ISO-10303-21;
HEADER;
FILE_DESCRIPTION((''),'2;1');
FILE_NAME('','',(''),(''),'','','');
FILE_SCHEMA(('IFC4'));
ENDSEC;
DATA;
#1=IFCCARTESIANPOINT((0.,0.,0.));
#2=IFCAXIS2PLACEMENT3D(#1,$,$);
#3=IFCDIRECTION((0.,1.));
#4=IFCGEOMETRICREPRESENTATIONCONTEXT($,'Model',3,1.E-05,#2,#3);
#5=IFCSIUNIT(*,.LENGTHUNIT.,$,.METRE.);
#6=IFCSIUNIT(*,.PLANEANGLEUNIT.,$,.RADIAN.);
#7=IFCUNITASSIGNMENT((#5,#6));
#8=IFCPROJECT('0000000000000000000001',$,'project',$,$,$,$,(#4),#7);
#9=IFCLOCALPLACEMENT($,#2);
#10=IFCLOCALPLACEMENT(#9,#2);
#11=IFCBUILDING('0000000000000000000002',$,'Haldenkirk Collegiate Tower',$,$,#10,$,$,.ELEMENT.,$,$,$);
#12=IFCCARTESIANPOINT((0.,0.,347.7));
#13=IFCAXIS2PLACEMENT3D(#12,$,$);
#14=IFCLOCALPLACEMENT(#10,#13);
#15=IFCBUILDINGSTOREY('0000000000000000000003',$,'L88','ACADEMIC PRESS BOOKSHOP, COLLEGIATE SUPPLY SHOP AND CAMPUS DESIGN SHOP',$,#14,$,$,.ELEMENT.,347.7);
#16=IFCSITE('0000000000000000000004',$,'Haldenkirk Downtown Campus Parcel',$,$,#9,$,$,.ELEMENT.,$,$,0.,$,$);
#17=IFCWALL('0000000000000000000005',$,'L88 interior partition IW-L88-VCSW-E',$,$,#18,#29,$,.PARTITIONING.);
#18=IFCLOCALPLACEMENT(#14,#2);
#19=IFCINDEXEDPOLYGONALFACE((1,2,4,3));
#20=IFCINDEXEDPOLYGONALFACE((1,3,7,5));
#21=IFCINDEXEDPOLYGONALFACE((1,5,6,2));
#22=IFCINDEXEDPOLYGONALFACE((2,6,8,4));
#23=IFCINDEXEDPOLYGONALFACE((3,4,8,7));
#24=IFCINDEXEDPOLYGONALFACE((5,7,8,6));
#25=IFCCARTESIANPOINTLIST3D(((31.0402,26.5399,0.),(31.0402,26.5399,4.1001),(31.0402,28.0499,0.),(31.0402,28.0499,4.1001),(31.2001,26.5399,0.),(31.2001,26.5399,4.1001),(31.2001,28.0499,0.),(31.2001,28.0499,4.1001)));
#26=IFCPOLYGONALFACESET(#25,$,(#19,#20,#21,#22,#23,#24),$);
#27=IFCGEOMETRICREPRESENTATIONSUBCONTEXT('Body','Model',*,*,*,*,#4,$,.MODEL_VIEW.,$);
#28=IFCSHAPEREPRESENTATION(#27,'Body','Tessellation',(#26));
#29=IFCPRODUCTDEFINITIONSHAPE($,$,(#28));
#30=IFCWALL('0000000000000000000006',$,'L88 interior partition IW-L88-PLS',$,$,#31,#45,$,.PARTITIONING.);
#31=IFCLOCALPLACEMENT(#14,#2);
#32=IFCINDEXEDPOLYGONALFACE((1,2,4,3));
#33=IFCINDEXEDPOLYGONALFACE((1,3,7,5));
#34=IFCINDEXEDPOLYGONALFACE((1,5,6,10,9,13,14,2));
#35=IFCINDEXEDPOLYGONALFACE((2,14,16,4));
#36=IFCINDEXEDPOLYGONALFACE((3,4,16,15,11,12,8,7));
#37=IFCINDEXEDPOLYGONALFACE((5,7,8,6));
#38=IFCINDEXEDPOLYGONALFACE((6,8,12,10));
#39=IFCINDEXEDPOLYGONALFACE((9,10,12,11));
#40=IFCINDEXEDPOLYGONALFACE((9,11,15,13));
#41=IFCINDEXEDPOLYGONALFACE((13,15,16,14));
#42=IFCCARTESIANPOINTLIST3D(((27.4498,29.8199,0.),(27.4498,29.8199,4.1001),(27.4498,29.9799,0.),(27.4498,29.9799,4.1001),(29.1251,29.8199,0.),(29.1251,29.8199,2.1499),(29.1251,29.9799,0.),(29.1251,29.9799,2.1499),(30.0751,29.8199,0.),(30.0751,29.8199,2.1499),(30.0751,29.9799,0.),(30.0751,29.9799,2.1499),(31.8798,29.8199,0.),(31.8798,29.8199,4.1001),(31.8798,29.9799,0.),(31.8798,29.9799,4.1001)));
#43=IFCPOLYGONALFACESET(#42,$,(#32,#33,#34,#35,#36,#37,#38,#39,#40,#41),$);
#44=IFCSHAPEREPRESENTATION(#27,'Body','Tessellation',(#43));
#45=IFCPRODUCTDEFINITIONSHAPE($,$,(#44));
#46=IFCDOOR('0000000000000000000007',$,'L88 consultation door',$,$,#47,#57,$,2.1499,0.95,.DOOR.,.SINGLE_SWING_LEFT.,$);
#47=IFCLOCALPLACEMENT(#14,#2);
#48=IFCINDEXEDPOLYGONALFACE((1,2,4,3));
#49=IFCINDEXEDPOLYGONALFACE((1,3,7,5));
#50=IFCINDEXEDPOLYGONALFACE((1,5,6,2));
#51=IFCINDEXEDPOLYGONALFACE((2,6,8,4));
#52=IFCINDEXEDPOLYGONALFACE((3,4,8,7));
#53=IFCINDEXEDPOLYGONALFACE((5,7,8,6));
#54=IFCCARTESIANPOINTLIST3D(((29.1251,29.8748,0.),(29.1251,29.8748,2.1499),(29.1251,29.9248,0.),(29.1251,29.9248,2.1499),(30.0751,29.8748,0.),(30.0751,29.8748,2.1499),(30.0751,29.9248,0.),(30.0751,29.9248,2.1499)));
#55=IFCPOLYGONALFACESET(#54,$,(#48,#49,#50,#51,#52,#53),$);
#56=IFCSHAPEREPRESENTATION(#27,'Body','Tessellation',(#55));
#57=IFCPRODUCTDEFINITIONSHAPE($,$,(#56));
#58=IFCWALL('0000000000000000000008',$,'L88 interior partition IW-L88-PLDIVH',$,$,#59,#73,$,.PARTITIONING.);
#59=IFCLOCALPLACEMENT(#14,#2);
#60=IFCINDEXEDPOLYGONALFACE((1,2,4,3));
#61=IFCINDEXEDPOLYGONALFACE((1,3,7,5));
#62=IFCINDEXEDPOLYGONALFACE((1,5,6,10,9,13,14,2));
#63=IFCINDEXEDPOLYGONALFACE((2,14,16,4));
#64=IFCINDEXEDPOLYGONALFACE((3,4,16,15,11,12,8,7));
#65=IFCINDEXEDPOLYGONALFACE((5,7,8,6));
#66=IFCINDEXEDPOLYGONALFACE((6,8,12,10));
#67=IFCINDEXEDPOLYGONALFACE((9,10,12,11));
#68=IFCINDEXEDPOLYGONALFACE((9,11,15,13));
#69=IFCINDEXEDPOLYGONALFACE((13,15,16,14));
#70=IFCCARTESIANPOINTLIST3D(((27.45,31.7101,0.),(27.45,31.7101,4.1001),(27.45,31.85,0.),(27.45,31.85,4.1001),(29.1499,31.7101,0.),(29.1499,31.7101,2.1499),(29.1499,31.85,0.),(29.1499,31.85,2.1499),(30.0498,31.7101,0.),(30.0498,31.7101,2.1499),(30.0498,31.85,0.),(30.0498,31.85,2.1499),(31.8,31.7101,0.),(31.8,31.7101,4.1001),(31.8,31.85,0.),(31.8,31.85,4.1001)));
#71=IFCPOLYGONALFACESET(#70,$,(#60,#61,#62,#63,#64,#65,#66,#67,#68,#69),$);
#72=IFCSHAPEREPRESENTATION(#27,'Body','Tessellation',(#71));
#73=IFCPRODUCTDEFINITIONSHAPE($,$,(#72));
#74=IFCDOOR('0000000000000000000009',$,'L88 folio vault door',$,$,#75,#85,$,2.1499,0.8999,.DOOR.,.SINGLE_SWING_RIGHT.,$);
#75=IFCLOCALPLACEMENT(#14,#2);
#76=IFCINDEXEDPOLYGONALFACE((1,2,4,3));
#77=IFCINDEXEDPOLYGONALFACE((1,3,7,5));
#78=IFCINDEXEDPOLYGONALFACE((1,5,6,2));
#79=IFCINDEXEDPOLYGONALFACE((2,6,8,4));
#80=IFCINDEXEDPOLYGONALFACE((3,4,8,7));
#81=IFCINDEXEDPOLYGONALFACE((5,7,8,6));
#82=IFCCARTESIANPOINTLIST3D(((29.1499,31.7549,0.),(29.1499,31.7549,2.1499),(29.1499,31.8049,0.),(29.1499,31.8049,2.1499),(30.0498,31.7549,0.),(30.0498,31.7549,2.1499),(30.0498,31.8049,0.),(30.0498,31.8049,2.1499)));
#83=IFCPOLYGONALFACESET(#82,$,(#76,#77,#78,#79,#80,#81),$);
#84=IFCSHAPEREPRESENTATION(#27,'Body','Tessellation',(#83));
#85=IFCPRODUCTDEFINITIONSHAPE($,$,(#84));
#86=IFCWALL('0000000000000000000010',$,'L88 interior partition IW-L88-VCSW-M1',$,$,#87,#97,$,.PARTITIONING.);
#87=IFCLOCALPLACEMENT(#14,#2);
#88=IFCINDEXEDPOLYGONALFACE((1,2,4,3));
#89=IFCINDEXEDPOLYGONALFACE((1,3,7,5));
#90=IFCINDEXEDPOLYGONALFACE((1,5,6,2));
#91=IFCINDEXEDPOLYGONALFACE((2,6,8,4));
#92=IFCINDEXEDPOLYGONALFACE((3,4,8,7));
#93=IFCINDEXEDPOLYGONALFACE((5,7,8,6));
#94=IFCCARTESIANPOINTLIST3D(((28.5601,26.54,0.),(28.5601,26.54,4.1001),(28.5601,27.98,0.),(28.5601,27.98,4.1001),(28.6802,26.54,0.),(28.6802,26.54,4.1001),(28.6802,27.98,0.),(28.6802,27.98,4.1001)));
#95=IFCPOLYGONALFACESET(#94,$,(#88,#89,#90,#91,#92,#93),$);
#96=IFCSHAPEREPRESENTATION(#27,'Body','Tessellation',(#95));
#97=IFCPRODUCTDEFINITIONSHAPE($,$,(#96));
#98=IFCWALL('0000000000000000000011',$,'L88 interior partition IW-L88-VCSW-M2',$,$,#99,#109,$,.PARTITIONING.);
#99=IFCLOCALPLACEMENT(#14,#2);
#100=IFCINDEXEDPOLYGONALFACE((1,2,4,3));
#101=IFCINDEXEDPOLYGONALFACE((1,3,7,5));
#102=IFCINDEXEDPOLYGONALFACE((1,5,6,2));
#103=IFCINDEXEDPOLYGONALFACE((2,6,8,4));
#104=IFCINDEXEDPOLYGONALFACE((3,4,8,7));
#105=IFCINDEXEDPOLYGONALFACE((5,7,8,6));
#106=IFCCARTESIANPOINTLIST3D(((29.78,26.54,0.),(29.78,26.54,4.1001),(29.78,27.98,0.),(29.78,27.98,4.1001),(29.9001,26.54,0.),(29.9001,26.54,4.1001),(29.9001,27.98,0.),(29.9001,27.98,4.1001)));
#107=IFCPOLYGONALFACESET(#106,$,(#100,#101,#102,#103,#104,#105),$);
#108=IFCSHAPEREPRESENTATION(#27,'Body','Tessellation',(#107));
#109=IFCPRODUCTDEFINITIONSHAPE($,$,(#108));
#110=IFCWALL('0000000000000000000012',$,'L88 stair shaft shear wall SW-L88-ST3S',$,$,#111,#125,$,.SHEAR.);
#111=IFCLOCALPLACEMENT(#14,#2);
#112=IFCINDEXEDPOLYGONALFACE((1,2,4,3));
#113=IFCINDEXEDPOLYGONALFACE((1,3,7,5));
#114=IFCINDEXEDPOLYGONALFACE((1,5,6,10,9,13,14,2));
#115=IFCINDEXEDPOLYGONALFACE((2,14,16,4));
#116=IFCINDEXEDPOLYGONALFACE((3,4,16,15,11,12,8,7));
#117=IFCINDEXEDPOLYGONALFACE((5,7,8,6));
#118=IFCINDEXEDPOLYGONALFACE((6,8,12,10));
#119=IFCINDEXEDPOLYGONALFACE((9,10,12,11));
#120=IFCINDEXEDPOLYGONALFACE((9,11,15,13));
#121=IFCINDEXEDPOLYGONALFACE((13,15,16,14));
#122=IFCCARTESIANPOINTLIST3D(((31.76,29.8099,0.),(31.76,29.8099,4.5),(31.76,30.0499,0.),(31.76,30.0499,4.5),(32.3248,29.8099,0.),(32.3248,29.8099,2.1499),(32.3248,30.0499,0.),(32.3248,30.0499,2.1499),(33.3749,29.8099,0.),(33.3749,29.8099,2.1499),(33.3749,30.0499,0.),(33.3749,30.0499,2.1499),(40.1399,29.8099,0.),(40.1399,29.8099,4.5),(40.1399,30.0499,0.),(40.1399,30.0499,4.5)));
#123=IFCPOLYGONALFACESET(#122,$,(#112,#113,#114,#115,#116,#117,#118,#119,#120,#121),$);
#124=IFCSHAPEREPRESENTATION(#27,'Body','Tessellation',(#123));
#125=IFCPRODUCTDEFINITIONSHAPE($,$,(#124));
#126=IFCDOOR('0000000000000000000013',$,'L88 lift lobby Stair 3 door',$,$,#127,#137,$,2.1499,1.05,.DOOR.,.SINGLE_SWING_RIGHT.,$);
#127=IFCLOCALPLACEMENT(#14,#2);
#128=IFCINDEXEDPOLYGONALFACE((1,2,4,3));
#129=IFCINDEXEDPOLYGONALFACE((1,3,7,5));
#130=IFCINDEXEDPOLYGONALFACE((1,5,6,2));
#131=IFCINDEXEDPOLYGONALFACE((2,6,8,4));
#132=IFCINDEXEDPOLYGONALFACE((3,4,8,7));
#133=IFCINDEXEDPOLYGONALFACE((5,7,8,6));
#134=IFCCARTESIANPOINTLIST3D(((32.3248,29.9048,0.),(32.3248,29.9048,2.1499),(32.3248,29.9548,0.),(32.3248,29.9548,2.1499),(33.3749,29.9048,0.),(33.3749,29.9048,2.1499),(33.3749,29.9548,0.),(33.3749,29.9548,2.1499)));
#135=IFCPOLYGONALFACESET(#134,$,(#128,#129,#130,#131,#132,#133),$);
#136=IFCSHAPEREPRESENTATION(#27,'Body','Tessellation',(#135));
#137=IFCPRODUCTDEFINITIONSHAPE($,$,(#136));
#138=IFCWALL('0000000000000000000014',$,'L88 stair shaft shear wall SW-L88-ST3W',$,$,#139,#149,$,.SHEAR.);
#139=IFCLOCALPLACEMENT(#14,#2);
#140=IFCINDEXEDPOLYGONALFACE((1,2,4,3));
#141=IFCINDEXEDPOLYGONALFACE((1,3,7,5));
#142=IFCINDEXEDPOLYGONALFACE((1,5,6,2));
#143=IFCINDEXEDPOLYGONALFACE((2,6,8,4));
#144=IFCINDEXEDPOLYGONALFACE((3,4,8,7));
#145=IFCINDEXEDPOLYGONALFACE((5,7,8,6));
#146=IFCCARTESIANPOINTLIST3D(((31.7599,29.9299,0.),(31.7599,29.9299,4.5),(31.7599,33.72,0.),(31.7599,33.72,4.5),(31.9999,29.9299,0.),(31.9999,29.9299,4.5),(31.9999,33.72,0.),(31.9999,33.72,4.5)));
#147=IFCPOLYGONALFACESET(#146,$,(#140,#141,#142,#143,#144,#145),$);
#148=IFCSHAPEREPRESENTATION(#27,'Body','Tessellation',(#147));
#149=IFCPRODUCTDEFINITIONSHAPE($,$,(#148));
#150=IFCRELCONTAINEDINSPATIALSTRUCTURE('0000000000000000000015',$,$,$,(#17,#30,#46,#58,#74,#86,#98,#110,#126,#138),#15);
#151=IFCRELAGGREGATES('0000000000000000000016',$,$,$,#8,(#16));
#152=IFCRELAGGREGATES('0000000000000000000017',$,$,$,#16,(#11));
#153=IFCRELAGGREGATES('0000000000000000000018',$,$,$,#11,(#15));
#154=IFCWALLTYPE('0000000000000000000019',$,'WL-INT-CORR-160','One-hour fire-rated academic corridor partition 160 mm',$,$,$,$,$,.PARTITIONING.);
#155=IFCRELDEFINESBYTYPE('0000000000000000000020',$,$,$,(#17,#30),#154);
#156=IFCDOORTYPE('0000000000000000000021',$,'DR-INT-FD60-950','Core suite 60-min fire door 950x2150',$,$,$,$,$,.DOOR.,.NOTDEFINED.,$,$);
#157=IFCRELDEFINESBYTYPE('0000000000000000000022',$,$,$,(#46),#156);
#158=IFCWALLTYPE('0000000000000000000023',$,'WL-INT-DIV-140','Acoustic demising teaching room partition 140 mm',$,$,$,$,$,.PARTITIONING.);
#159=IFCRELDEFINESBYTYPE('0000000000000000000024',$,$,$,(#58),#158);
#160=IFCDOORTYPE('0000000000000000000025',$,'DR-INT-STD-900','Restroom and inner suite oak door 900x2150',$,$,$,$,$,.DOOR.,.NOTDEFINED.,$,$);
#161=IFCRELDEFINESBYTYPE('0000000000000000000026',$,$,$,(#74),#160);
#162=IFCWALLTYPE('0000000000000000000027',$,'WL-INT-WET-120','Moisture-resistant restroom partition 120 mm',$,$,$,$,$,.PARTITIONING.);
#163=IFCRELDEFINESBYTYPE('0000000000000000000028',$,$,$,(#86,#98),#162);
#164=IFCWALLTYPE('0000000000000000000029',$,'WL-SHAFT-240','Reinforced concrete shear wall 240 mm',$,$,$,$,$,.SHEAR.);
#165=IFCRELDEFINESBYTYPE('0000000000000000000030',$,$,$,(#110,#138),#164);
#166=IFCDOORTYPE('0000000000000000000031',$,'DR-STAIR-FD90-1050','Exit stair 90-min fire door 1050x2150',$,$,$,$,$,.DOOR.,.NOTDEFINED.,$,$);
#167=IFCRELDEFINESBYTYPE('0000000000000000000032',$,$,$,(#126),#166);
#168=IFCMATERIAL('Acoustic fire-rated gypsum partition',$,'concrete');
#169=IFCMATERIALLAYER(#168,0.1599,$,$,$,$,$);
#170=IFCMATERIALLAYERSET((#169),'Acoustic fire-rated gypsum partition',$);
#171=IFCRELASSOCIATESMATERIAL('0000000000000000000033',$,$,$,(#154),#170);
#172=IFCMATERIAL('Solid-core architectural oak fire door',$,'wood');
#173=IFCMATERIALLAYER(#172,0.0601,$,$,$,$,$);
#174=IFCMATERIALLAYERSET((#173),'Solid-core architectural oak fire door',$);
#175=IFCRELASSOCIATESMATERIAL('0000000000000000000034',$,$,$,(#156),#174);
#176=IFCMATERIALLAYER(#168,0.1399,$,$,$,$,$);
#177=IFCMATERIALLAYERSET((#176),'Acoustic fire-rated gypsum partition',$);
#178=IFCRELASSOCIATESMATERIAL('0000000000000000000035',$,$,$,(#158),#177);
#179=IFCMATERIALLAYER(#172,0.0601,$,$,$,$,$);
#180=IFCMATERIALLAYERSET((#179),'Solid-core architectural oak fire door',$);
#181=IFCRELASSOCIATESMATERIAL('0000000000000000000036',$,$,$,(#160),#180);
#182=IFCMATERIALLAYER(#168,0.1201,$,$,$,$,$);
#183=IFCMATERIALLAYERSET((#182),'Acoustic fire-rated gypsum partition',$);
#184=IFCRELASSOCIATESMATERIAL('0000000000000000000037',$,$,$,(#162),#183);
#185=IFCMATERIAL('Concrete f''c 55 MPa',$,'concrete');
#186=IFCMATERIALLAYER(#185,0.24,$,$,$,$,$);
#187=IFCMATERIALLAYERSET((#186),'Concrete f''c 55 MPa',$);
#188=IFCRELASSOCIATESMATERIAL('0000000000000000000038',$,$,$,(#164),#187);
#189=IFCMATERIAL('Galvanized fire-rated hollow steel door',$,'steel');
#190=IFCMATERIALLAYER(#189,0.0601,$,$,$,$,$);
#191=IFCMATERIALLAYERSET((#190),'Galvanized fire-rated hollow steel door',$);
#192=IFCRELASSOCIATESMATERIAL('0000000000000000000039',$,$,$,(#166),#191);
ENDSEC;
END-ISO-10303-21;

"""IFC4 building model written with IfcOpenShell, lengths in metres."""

from ifc_helpers import new_model, si_unit, direction, frame, frame_2d, origin, place, context, subcontext, project, spatial, rectangle, extrude, material, layer, layer_set, type_object, element, fill, save


model = new_model("IFC4")

# Units and contexts
model_context = context("Model", 3, precision=1e-05, world=origin(), true_north=direction((0.0, 1.0)))
body_context = subcontext(model_context, "Body", "Model", "MODEL_VIEW")
ifc_project = project(units=[si_unit("LENGTHUNIT", "METRE"), si_unit("PLANEANGLEUNIT", "RADIAN")], contexts=[model_context])

# Site, building, storey
site_placement = place(None, origin())
site = spatial("IfcSite", under=ifc_project, at=site_placement, Name="Haldenkirk Downtown Campus Parcel", CompositionType="ELEMENT", RefElevation=0.0)
building_placement = place(site_placement, origin())
building = spatial("IfcBuilding", under=site, at=building_placement, Name="Haldenkirk Collegiate Tower", CompositionType="ELEMENT")
storey_placement = place(building_placement, frame((0.0, 0.0, 347.7)))
storey = spatial("IfcBuildingStorey", under=building, at=storey_placement, Name="L88", Description="ACADEMIC PRESS BOOKSHOP, COLLEGIATE SUPPLY SHOP AND CAMPUS DESIGN SHOP", CompositionType="ELEMENT", Elevation=347.7)

# Shared definitions
ifc_material_1 = material(Name="Acoustic fire-rated gypsum partition", Category="concrete")
ifc_layer_1 = layer(ifc_material_1, 0.1599)
ifc_layer_set_1 = layer_set([ifc_layer_1], Name="Acoustic fire-rated gypsum partition")
wall_type_1 = type_object("IfcWallType", Name="WL-INT-CORR-160", Description="One-hour fire-rated academic corridor partition 160 mm", PredefinedType="PARTITIONING", material=ifc_layer_set_1)
ifc_material_2 = material(Name="Solid-core architectural oak fire door", Category="wood")

# Wall
wall_1_placement = place(storey_placement, frame((31.1201, 26.54, 0.0), z_axis=(0.0, 0.0, 1.0), x_axis=(0.0, 1.0, 0.0)))
element("IfcWall", 1, at=wall_1_placement, inside=storey, type_object=wall_type_1, Name="L88 interior partition IW-L88-VCSW-E", PredefinedType="PARTITIONING", context=body_context, shape_type="SweptSolid", body=[
    extrude(rectangle(XDim=1.51, YDim=0.1599, at=frame_2d((0.7549, 0.0))), origin(), (0.0, 0.0, 1.0), 4.1001),
])

# Walls, openings, doors
wall_2_placement = place(storey_placement, frame((27.45, 29.8999, 0.0), z_axis=(0.0, 0.0, 1.0), x_axis=(1.0, 0.0, 0.0)))
wall_2 = element("IfcWall", 2, at=wall_2_placement, inside=storey, type_object=wall_type_1, Name="L88 interior partition IW-L88-PLS", PredefinedType="PARTITIONING", context=body_context, shape_type="SweptSolid", body=[
    extrude(rectangle(XDim=4.4299, YDim=0.1599, at=frame_2d((2.2148, 0.0))), origin(), (0.0, 0.0, 1.0), 4.1001),
])
opening_1_placement = place(wall_2_placement, frame((1.675, 0.0, 0.0)))
opening_1 = element("IfcOpeningElement", 3, at=opening_1_placement, cuts=wall_2, PredefinedType="OPENING", context=body_context, shape_type="SweptSolid", body=[
    extrude(rectangle(XDim=0.95, YDim=2.1499, at=frame_2d((0.4751, 1.075))), frame((0.0, 0.0898, 0.0), z_axis=(0.0, -1.0, 0.0), x_axis=(1.0, 0.0, 0.0)), (0.0, 0.0, 1.0), 0.1799),
])
ifc_layer_2 = layer(ifc_material_2, 0.0601)
ifc_layer_set_2 = layer_set([ifc_layer_2], Name="Solid-core architectural oak fire door")
door_type_1 = type_object("IfcDoorType", Name="DR-INT-FD60-950", Description="Core suite 60-min fire door 950x2150", OperationType="NOTDEFINED", PredefinedType="DOOR", material=ifc_layer_set_2)
door_1_placement = place(opening_1_placement, origin())
door_1 = element("IfcDoor", 4, at=door_1_placement, inside=storey, type_object=door_type_1, Name="L88 consultation door", OperationType="SINGLE_SWING_LEFT", OverallHeight=2.1499, OverallWidth=0.95, PredefinedType="DOOR", context=body_context, shape_type="SweptSolid", body=[
    extrude(rectangle(XDim=0.95, YDim=2.1499, at=frame_2d((0.4751, 1.075))), frame((0.0, 0.0249, 0.0), z_axis=(0.0, -1.0, 0.0), x_axis=(1.0, 0.0, 0.0)), (0.0, 0.0, 1.0), 0.05),
])
fill(opening_1, door_1)
ifc_layer_3 = layer(ifc_material_1, 0.1399)
ifc_layer_set_3 = layer_set([ifc_layer_3], Name="Acoustic fire-rated gypsum partition")
wall_type_2 = type_object("IfcWallType", Name="WL-INT-DIV-140", Description="Acoustic demising teaching room partition 140 mm", PredefinedType="PARTITIONING", material=ifc_layer_set_3)
wall_3_placement = place(storey_placement, frame((27.45, 31.78, 0.0), z_axis=(0.0, 0.0, 1.0), x_axis=(1.0, 0.0, 0.0)))
wall_3 = element("IfcWall", 5, at=wall_3_placement, inside=storey, type_object=wall_type_2, Name="L88 interior partition IW-L88-PLDIVH", PredefinedType="PARTITIONING", context=body_context, shape_type="SweptSolid", body=[
    extrude(rectangle(XDim=4.3501, YDim=0.1399, at=frame_2d((2.175, 0.0))), origin(), (0.0, 0.0, 1.0), 4.1001),
])
opening_2_placement = place(wall_3_placement, frame((1.7, 0.0, 0.0)))
opening_2 = element("IfcOpeningElement", 6, at=opening_2_placement, cuts=wall_3, PredefinedType="OPENING", context=body_context, shape_type="SweptSolid", body=[
    extrude(rectangle(XDim=0.8999, YDim=2.1499, at=frame_2d((0.45, 1.075))), frame((0.0, 0.0798, 0.0), z_axis=(0.0, -1.0, 0.0), x_axis=(1.0, 0.0, 0.0)), (0.0, 0.0, 1.0), 0.1599),
])
ifc_layer_4 = layer(ifc_material_2, 0.0601)
ifc_layer_set_4 = layer_set([ifc_layer_4], Name="Solid-core architectural oak fire door")
door_type_2 = type_object("IfcDoorType", Name="DR-INT-STD-900", Description="Restroom and inner suite oak door 900x2150", OperationType="NOTDEFINED", PredefinedType="DOOR", material=ifc_layer_set_4)
door_2_placement = place(opening_2_placement, origin())
door_2 = element("IfcDoor", 7, at=door_2_placement, inside=storey, type_object=door_type_2, Name="L88 folio vault door", OperationType="SINGLE_SWING_RIGHT", OverallHeight=2.1499, OverallWidth=0.8999, PredefinedType="DOOR", context=body_context, shape_type="SweptSolid", body=[
    extrude(rectangle(XDim=0.8999, YDim=2.1499, at=frame_2d((0.45, 1.075))), frame((0.0, 0.0249, 0.0), z_axis=(0.0, -1.0, 0.0), x_axis=(1.0, 0.0, 0.0)), (0.0, 0.0, 1.0), 0.05),
])
fill(opening_2, door_2)

# Walls
ifc_layer_5 = layer(ifc_material_1, 0.1201)
ifc_layer_set_5 = layer_set([ifc_layer_5], Name="Acoustic fire-rated gypsum partition")
wall_type_3 = type_object("IfcWallType", Name="WL-INT-WET-120", Description="Moisture-resistant restroom partition 120 mm", PredefinedType="PARTITIONING", material=ifc_layer_set_5)
for number, where, z_axis, x_axis, name in (
    (8, (28.6201, 26.54, 0.0), (0.0, 0.0, 1.0), (0.0, 1.0, 0.0), "L88 interior partition IW-L88-VCSW-M1"),
    (9, (29.8401, 26.54, 0.0), (0.0, 0.0, 1.0), (0.0, 1.0, 0.0), "L88 interior partition IW-L88-VCSW-M2"),
):
    element("IfcWall", number, at=place(storey_placement, frame(where, z_axis=z_axis, x_axis=x_axis)), inside=storey, type_object=wall_type_3, Name=name, PredefinedType="PARTITIONING", context=body_context, shape_type="SweptSolid", body=[
        extrude(rectangle(XDim=1.4399, YDim=0.1201, at=frame_2d((0.72, 0.0))), origin(), (0.0, 0.0, 1.0), 4.1001),
    ])

# Wall, opening, door
ifc_material_3 = material(Name="Concrete f'c 55 MPa", Category="concrete")
ifc_layer_6 = layer(ifc_material_3, 0.24)
ifc_layer_set_6 = layer_set([ifc_layer_6], Name="Concrete f'c 55 MPa")
wall_type_4 = type_object("IfcWallType", Name="WL-SHAFT-240", Description="Reinforced concrete shear wall 240 mm", PredefinedType="SHEAR", material=ifc_layer_set_6)
wall_4_placement = place(storey_placement, frame((31.76, 29.9299, 0.0), z_axis=(0.0, 0.0, 1.0), x_axis=(1.0, 0.0, 0.0)))
wall_4 = element("IfcWall", 10, at=wall_4_placement, inside=storey, type_object=wall_type_4, Name="L88 stair shaft shear wall SW-L88-ST3S", PredefinedType="SHEAR", context=body_context, shape_type="SweptSolid", body=[
    extrude(rectangle(XDim=8.3799, YDim=0.24, at=frame_2d((4.1899, 0.0))), origin(), (0.0, 0.0, 1.0), 4.5),
])
opening_3_placement = place(wall_4_placement, frame((0.5649, 0.0, 0.0)))
opening_3 = element("IfcOpeningElement", 11, at=opening_3_placement, cuts=wall_4, PredefinedType="OPENING", context=body_context, shape_type="SweptSolid", body=[
    extrude(rectangle(XDim=1.05, YDim=2.1499, at=frame_2d((0.5249, 1.075))), frame((0.0, 0.1299, 0.0), z_axis=(0.0, -1.0, 0.0), x_axis=(1.0, 0.0, 0.0)), (0.0, 0.0, 1.0), 0.26),
])
ifc_material_4 = material(Name="Galvanized fire-rated hollow steel door", Category="steel")
ifc_layer_7 = layer(ifc_material_4, 0.0601)
ifc_layer_set_7 = layer_set([ifc_layer_7], Name="Galvanized fire-rated hollow steel door")
door_type_3 = type_object("IfcDoorType", Name="DR-STAIR-FD90-1050", Description="Exit stair 90-min fire door 1050x2150", OperationType="NOTDEFINED", PredefinedType="DOOR", material=ifc_layer_set_7)
door_3_placement = place(opening_3_placement, origin())
door_3 = element("IfcDoor", 12, at=door_3_placement, inside=storey, type_object=door_type_3, Name="L88 lift lobby Stair 3 door", OperationType="SINGLE_SWING_RIGHT", OverallHeight=2.1499, OverallWidth=1.05, PredefinedType="DOOR", context=body_context, shape_type="SweptSolid", body=[
    extrude(rectangle(XDim=1.05, YDim=2.1499, at=frame_2d((0.5249, 1.075))), frame((0.0, 0.0249, 0.0), z_axis=(0.0, -1.0, 0.0), x_axis=(1.0, 0.0, 0.0)), (0.0, 0.0, 1.0), 0.05),
])
fill(opening_3, door_3)

# Wall
wall_5_placement = place(storey_placement, frame((31.8799, 29.9299, 0.0), z_axis=(0.0, 0.0, 1.0), x_axis=(0.0, 1.0, 0.0)))
element("IfcWall", 13, at=wall_5_placement, inside=storey, type_object=wall_type_4, Name="L88 stair shaft shear wall SW-L88-ST3W", PredefinedType="SHEAR", context=body_context, shape_type="SweptSolid", body=[
    extrude(rectangle(XDim=3.79, YDim=0.24, at=frame_2d((1.895, 0.0))), origin(), (0.0, 0.0, 1.0), 4.5),
])

save(model, "model.ifc")
